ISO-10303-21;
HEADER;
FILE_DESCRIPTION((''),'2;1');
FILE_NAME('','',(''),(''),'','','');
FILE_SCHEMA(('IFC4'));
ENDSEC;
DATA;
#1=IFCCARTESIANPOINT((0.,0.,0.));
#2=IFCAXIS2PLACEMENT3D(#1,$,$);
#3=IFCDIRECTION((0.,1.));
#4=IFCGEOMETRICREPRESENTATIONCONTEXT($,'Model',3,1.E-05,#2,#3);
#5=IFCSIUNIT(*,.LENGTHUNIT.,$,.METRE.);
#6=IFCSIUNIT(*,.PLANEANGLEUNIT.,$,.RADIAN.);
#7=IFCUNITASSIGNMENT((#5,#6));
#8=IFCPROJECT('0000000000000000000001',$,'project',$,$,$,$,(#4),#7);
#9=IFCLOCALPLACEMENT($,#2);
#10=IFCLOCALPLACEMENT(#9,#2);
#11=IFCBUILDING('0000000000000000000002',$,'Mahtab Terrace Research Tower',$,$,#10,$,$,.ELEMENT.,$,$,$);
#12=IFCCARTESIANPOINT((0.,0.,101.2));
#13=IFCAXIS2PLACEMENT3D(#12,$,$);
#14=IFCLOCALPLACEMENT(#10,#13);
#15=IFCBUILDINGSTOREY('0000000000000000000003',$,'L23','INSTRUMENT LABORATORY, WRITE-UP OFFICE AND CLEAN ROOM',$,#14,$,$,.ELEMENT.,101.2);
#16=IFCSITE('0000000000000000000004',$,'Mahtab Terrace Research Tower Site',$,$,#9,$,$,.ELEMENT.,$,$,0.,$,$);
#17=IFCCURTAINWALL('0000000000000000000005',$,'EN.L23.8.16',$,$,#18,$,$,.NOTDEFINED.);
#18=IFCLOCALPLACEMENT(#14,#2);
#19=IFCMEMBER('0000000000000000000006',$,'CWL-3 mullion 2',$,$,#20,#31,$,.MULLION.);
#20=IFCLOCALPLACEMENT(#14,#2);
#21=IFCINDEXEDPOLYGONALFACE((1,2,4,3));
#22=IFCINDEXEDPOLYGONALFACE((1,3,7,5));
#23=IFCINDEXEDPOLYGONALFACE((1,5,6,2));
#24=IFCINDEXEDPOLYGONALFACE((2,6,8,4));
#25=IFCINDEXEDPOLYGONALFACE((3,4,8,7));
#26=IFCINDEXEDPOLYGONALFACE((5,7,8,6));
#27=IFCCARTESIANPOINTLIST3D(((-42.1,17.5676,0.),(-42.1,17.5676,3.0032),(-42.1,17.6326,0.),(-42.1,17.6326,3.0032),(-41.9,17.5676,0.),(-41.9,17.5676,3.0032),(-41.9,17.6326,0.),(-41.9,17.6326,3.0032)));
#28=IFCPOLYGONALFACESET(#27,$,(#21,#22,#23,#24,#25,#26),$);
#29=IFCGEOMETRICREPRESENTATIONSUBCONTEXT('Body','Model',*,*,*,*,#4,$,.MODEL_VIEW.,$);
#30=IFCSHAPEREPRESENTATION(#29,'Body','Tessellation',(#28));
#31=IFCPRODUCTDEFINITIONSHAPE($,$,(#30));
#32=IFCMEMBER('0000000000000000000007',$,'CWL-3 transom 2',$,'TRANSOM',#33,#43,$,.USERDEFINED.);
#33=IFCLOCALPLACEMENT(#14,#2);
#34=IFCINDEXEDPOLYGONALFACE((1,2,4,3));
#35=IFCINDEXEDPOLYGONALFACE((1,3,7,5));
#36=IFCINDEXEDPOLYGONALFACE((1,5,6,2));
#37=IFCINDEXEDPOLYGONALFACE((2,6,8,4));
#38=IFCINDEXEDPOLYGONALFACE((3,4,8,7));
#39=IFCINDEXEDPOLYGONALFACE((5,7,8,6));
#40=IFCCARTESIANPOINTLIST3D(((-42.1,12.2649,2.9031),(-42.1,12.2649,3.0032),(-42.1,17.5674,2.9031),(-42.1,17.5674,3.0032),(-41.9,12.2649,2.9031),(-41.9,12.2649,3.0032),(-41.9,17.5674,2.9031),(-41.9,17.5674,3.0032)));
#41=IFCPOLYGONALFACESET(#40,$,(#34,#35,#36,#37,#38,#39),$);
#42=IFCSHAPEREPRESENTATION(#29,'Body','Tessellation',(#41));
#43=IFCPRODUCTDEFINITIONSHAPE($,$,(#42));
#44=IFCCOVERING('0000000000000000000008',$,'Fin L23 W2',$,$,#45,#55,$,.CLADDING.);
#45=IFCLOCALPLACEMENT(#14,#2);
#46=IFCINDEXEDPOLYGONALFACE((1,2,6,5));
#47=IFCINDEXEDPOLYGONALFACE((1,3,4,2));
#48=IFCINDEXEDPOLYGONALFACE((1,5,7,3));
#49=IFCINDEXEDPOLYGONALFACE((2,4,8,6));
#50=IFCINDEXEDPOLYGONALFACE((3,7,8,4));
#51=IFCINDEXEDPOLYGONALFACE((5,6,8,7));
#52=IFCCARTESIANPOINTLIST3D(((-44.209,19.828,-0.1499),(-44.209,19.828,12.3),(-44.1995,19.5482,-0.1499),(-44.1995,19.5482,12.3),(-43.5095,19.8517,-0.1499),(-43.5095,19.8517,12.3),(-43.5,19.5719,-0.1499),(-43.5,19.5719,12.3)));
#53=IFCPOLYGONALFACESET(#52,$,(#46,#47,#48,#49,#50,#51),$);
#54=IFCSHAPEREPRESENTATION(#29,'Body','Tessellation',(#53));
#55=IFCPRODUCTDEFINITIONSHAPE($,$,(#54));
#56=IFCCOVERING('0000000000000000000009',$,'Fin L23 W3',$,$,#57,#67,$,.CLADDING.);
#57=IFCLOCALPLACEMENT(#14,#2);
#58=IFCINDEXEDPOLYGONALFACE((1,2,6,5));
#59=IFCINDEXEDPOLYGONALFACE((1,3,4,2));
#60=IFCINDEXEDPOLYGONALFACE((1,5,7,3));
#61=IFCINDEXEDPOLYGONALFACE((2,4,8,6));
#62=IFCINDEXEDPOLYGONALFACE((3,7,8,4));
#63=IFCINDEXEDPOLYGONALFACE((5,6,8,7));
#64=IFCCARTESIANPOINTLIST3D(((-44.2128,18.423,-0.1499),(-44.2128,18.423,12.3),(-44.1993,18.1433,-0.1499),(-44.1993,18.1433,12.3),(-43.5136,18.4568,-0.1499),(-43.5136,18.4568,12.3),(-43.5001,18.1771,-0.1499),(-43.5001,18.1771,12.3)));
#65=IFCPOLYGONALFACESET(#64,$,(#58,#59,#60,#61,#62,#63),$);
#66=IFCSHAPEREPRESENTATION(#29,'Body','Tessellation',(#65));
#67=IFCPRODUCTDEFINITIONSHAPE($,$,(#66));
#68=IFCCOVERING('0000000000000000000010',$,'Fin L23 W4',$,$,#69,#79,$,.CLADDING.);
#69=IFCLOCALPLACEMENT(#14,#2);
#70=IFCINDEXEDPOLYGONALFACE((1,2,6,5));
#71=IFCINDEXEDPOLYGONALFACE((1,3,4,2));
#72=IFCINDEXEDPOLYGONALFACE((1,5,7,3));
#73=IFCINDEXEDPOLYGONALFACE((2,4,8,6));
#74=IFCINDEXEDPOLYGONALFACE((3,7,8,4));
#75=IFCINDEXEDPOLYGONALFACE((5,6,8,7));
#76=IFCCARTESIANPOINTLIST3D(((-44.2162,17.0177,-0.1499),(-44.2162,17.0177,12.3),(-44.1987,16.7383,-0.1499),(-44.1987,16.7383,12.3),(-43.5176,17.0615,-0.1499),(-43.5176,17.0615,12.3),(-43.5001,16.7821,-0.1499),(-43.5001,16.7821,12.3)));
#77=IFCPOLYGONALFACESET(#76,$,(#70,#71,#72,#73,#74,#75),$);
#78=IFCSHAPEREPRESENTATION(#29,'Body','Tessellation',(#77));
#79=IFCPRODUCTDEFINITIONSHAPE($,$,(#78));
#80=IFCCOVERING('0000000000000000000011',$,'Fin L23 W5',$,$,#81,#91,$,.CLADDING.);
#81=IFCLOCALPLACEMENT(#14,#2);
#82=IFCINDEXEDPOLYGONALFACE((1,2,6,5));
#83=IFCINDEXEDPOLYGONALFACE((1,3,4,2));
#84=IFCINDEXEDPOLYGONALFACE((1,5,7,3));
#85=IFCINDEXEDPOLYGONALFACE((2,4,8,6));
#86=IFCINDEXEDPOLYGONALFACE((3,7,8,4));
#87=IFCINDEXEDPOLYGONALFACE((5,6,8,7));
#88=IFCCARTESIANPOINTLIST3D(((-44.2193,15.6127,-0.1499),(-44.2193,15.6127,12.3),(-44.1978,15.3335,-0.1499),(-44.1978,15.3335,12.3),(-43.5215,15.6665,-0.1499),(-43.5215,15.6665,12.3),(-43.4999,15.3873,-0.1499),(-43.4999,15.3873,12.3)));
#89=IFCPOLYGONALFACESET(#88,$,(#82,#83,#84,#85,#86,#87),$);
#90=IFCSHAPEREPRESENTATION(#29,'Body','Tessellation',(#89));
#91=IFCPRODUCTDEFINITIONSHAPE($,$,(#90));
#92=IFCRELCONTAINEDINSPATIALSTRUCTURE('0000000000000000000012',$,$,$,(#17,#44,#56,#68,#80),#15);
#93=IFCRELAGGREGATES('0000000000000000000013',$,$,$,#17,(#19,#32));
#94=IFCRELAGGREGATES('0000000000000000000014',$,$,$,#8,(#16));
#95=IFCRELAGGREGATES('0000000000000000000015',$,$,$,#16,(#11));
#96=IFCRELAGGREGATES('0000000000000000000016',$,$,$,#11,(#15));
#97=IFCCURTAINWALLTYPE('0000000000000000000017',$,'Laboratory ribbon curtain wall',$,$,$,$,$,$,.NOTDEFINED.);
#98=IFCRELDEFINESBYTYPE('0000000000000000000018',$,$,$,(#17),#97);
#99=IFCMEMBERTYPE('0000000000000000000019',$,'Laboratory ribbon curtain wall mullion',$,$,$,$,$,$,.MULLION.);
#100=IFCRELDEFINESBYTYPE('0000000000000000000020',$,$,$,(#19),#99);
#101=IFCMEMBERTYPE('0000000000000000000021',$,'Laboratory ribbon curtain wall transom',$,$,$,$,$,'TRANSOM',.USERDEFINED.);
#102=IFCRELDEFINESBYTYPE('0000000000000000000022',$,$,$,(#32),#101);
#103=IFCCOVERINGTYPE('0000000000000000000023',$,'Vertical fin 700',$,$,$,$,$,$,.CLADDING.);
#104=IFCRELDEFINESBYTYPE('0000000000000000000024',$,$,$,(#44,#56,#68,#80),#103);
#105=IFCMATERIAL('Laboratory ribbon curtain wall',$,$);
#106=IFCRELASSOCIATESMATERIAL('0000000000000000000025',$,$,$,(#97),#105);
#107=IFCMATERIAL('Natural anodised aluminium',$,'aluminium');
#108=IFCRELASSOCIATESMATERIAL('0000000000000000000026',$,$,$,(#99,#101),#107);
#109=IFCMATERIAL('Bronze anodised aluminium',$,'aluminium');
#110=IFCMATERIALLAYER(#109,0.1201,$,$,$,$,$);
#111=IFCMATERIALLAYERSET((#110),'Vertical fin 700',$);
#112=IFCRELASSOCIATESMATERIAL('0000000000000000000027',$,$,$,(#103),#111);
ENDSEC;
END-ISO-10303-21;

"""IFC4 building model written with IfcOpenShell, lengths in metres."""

from ifc_helpers import new_model, si_unit, direction, frame, origin, origin_2d, place, context, subcontext, project, spatial, rectangle, extrude, material, layer, layer_set, material_profile, profile_set, type_object, element, aggregate, save


model = new_model("IFC4")

# Units and contexts
model_context = context("Model", 3, precision=1e-05, world=origin(), true_north=direction((0.0, 1.0)))
body_context = subcontext(model_context, "Body", "Model", "MODEL_VIEW")
ifc_project = project(units=[si_unit("LENGTHUNIT", "METRE"), si_unit("PLANEANGLEUNIT", "RADIAN")], contexts=[model_context])

# Site, building, storey
site_placement = place(None, origin())
site = spatial("IfcSite", under=ifc_project, at=site_placement, Name="Mahtab Terrace Research Tower Site", CompositionType="ELEMENT", RefElevation=0.0)
building_placement = place(site_placement, origin())
building = spatial("IfcBuilding", under=site, at=building_placement, Name="Mahtab Terrace Research Tower", CompositionType="ELEMENT")
storey_placement = place(building_placement, frame((0.0, 0.0, 101.2)))
storey = spatial("IfcBuildingStorey", under=building, at=storey_placement, Name="L23", Description="INSTRUMENT LABORATORY, WRITE-UP OFFICE AND CLEAN ROOM", CompositionType="ELEMENT", Elevation=101.2)

# Curtain wall, members
ifc_material_1 = material(Name="Laboratory ribbon curtain wall")
curtain_wall_type = type_object("IfcCurtainWallType", Name="Laboratory ribbon curtain wall", PredefinedType="NOTDEFINED", material=ifc_material_1)
curtain_wall_placement = place(storey_placement, origin())
curtain_wall = element("IfcCurtainWall", 1, at=curtain_wall_placement, inside=storey, type_object=curtain_wall_type, Name="EN.L23.8.16", PredefinedType="NOTDEFINED")
ifc_material_2 = material(Name="Natural anodised aluminium", Category="aluminium")
ifc_material_profile_1 = material_profile(ifc_material_2, rectangle(XDim=0.2, YDim=0.0649, at=origin_2d()), Name="MULLION 65x200")
ifc_profile_set_1 = profile_set([ifc_material_profile_1], Name="Natural anodised aluminium")
member_type_1 = type_object("IfcMemberType", Name="Laboratory ribbon curtain wall mullion", PredefinedType="MULLION", material=ifc_profile_set_1)
member_1_placement = place(storey_placement, frame((-42.0, 17.6001, 0.0), z_axis=(0.0, 0.0, 1.0), x_axis=(1.0, 0.0, 0.0)))
member_1 = element("IfcMember", 2, at=member_1_placement, type_object=member_type_1, Name="CWL-3 mullion 2", PredefinedType="MULLION", context=body_context, shape_type="SweptSolid", body=[
    extrude(rectangle(XDim=0.2, YDim=0.0649, at=origin_2d()), origin(), (0.0, 0.0, 1.0), 3.0032),
])
ifc_material_profile_2 = material_profile(ifc_material_2, rectangle(XDim=0.2, YDim=0.1001, at=origin_2d()), Name="TRANSOM 100x200")
ifc_profile_set_2 = profile_set([ifc_material_profile_2], Name="Natural anodised aluminium")
member_type_2 = type_object("IfcMemberType", Name="Laboratory ribbon curtain wall transom", ElementType="TRANSOM", PredefinedType="USERDEFINED", material=ifc_profile_set_2)
member_2_placement = place(storey_placement, frame((-42.0, 17.5674, 2.9531), z_axis=(0.0, -1.0, 0.0), x_axis=(1.0, 0.0, 0.0)))
member_2 = element("IfcMember", 3, at=member_2_placement, type_object=member_type_2, Name="CWL-3 transom 2", ObjectType="TRANSOM", PredefinedType="USERDEFINED", context=body_context, shape_type="SweptSolid", body=[
    extrude(rectangle(XDim=0.2, YDim=0.1001, at=origin_2d()), origin(), (0.0, 0.0, 1.0), 5.3025),
])
aggregate(curtain_wall, [member_1, member_2])

# Coverings
ifc_material_3 = material(Name="Bronze anodised aluminium", Category="aluminium")
ifc_layer_1 = layer(ifc_material_3, 0.1201)
ifc_layer_set_1 = layer_set([ifc_layer_1], Name="Vertical fin 700")
covering_type = type_object("IfcCoveringType", Name="Vertical fin 700", PredefinedType="CLADDING", material=ifc_layer_set_1)
for number, where, z_axis, x_axis, name in (
    (4, (-43.8545, 19.7, -0.1499), (0.0, 0.0, 1.0), (0.033873, -0.999426, 0.0), "Fin L23 W2"),
    (5, (-43.8564, 18.3, -0.1499), (0.0, 0.0, 1.0), (0.048234, -0.998836, 0.0), "Fin L23 W3"),
    (6, (-43.8582, 16.8999, -0.1499), (0.0, 0.0, 1.0), (0.062586, -0.99804, 0.0), "Fin L23 W4"),
    (7, (-43.8596, 15.5, -0.1499), (0.0, 0.0, 1.0), (0.076924, -0.997037, 0.0), "Fin L23 W5"),
):
    element("IfcCovering", number, at=place(storey_placement, frame(where, z_axis=z_axis, x_axis=x_axis)), inside=storey, type_object=covering_type, Name=name, PredefinedType="CLADDING", context=body_context, shape_type="SweptSolid", body=[
        extrude(rectangle(XDim=0.28, YDim=0.7, at=origin_2d()), origin(), (0.0, 0.0, 1.0), 12.45),
    ])

save(model, "model.ifc")
